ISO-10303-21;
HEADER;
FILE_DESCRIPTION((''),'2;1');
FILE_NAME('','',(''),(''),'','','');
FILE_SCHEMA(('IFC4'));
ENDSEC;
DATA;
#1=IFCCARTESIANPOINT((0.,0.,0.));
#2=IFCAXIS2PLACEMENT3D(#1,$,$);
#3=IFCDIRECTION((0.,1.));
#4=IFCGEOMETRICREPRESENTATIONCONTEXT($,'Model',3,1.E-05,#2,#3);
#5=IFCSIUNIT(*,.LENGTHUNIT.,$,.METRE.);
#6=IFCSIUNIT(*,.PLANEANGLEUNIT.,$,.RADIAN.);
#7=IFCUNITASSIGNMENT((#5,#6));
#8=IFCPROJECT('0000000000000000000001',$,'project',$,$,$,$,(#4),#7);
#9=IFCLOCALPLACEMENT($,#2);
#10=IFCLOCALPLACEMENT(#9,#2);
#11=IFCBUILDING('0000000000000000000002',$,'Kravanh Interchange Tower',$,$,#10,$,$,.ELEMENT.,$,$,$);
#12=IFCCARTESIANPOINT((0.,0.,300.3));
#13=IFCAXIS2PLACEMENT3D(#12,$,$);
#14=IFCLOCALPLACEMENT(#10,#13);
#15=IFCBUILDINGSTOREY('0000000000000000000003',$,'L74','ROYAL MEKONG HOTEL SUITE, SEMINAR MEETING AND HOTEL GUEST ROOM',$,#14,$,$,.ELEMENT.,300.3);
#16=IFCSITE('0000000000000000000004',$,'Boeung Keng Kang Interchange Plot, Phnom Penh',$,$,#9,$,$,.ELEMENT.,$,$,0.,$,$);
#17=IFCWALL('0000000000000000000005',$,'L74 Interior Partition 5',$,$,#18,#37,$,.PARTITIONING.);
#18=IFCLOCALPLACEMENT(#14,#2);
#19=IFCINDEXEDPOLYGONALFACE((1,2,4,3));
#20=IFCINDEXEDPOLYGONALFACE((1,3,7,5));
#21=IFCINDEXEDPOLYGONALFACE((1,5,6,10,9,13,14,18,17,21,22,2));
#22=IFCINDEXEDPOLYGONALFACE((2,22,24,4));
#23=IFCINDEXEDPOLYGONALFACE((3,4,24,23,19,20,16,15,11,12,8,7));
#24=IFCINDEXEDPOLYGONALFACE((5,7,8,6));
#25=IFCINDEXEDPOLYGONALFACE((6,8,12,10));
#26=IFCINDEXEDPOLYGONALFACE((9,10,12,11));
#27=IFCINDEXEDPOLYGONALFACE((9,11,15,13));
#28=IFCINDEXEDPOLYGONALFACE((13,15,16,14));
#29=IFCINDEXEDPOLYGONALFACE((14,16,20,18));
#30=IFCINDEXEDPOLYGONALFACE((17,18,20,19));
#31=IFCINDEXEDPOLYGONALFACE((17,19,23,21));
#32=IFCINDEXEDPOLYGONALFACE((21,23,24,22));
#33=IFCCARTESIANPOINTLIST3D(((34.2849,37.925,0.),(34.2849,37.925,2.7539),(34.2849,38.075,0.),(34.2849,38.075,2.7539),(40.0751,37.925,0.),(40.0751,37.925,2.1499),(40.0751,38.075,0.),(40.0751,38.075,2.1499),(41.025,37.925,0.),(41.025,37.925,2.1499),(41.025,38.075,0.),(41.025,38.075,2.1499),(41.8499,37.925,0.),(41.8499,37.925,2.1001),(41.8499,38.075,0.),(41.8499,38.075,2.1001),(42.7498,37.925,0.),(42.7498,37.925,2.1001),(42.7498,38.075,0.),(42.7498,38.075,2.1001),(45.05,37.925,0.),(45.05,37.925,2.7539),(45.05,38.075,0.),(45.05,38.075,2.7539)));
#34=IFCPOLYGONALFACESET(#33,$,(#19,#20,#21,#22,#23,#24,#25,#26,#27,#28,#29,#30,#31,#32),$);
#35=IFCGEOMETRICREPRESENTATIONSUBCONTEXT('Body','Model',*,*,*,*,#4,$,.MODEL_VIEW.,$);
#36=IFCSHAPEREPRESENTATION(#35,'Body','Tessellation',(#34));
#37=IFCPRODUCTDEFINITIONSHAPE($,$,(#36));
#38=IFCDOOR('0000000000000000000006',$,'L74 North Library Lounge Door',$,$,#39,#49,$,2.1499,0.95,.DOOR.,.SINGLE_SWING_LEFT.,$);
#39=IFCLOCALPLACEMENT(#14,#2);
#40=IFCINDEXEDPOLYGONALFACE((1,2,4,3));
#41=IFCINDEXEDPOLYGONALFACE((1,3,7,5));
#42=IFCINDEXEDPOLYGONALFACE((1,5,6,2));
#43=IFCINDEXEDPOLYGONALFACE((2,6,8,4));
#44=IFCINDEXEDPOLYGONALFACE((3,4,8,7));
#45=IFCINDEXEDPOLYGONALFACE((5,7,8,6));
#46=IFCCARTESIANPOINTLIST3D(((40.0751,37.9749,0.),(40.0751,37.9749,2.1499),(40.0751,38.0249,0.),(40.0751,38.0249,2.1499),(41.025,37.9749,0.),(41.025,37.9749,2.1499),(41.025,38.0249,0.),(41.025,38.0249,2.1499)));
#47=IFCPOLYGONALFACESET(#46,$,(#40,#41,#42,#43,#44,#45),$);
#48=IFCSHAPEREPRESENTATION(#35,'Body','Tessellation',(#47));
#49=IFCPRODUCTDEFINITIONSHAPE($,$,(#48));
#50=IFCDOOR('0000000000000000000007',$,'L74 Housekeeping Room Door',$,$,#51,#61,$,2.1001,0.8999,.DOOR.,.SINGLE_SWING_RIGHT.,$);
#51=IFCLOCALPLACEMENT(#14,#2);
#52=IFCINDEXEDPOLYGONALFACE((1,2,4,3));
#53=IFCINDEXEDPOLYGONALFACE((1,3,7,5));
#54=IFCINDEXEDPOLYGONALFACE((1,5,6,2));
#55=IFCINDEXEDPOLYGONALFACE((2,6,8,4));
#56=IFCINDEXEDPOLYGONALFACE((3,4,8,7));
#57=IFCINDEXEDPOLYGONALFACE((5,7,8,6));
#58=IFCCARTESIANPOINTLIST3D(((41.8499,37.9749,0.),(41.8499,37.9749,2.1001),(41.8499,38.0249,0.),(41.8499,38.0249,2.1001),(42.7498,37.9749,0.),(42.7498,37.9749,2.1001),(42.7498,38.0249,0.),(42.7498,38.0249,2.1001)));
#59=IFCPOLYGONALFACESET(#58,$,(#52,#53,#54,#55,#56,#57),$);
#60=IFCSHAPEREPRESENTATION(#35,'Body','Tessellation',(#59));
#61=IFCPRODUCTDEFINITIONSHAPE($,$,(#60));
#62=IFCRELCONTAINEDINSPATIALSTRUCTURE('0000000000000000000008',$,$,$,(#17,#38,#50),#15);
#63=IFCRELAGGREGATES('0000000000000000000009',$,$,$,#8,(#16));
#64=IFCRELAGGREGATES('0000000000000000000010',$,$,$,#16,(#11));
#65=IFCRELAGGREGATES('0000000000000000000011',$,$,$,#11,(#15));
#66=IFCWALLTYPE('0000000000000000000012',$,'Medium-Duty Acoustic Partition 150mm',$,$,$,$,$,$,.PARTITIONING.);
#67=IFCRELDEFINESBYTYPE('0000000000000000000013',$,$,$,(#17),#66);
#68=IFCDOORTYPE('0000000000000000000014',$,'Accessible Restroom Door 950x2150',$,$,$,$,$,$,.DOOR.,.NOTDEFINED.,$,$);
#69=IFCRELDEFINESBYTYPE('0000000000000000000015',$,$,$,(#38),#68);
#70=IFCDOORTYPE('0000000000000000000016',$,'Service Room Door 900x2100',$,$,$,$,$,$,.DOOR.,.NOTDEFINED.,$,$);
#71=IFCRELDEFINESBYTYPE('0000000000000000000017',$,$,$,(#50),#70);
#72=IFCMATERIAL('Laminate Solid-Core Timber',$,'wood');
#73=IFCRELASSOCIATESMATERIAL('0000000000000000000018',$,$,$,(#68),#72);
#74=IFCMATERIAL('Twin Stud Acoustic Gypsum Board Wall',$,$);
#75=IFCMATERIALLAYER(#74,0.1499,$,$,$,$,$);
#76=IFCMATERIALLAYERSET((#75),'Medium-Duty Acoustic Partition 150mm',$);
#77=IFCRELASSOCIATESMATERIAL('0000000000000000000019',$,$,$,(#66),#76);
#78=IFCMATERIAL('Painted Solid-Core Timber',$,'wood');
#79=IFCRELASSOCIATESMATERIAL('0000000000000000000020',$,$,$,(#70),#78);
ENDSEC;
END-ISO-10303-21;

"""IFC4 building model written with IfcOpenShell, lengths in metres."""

from ifc_helpers import new_model, si_unit, direction, frame, frame_2d, origin, place, context, subcontext, project, spatial, rectangle, extrude, material, layer, layer_set, type_object, element, fill, save


model = new_model("IFC4")

# Units and contexts
model_context = context("Model", 3, precision=1e-05, world=origin(), true_north=direction((0.0, 1.0)))
body_context = subcontext(model_context, "Body", "Model", "MODEL_VIEW")
ifc_project = project(units=[si_unit("LENGTHUNIT", "METRE"), si_unit("PLANEANGLEUNIT", "RADIAN")], contexts=[model_context])

# Site, building, storey
site_placement = place(None, origin())
site = spatial("IfcSite", under=ifc_project, at=site_placement, Name="Boeung Keng Kang Interchange Plot, Phnom Penh", CompositionType="ELEMENT", RefElevation=0.0)
building_placement = place(site_placement, origin())
building = spatial("IfcBuilding", under=site, at=building_placement, Name="Kravanh Interchange Tower", CompositionType="ELEMENT")
storey_placement = place(building_placement, frame((0.0, 0.0, 300.3)))
storey = spatial("IfcBuildingStorey", under=building, at=storey_placement, Name="L74", Description="ROYAL MEKONG HOTEL SUITE, SEMINAR MEETING AND HOTEL GUEST ROOM", CompositionType="ELEMENT", Elevation=300.3)

# Wall, openings, doors
ifc_material_1 = material(Name="Laminate Solid-Core Timber", Category="wood")
door_type_1 = type_object("IfcDoorType", Name="Accessible Restroom Door 950x2150", OperationType="NOTDEFINED", PredefinedType="DOOR", material=ifc_material_1)
ifc_material_2 = material(Name="Twin Stud Acoustic Gypsum Board Wall")
ifc_layer_1 = layer(ifc_material_2, 0.1499)
ifc_layer_set_1 = layer_set([ifc_layer_1], Name="Medium-Duty Acoustic Partition 150mm")
wall_type_1 = type_object("IfcWallType", Name="Medium-Duty Acoustic Partition 150mm", PredefinedType="PARTITIONING", material=ifc_layer_set_1)
wall_1_placement = place(storey_placement, frame((34.2849, 38.0, 0.0), z_axis=(0.0, 0.0, 1.0), x_axis=(1.0, 0.0, 0.0)))
wall_1 = element("IfcWall", 1, at=wall_1_placement, inside=storey, type_object=wall_type_1, Name="L74 Interior Partition 5", PredefinedType="PARTITIONING", context=body_context, shape_type="SweptSolid", body=[
    extrude(rectangle(XDim=10.7651, YDim=0.1499, at=frame_2d((5.3826, 0.0))), origin(), (0.0, 0.0, 1.0), 2.7539),
])
opening_1_placement = place(wall_1_placement, frame((5.79, 0.0, 0.0)))
opening_1 = element("IfcOpeningElement", 2, at=opening_1_placement, cuts=wall_1, PredefinedType="OPENING", context=body_context, shape_type="SweptSolid", body=[
    extrude(rectangle(XDim=0.95, YDim=2.1499, at=frame_2d((0.4751, 1.075))), frame((0.0, 0.085, 0.0), z_axis=(0.0, -1.0, 0.0), x_axis=(1.0, 0.0, 0.0)), (0.0, 0.0, 1.0), 0.1699),
])
opening_2_placement = place(wall_1_placement, frame((7.5649, 0.0, 0.0)))
opening_2 = element("IfcOpeningElement", 3, at=opening_2_placement, cuts=wall_1, PredefinedType="OPENING", context=body_context, shape_type="SweptSolid", body=[
    extrude(rectangle(XDim=0.8999, YDim=2.1001, at=frame_2d((0.45, 1.05))), frame((0.0, 0.085, 0.0), z_axis=(0.0, -1.0, 0.0), x_axis=(1.0, 0.0, 0.0)), (0.0, 0.0, 1.0), 0.1699),
])
door_1_placement = place(opening_1_placement, origin())
door_1 = element("IfcDoor", 4, at=door_1_placement, inside=storey, type_object=door_type_1, Name="L74 North Library Lounge Door", OperationType="SINGLE_SWING_LEFT", OverallHeight=2.1499, OverallWidth=0.95, PredefinedType="DOOR", context=body_context, shape_type="SweptSolid", body=[
    extrude(rectangle(XDim=0.95, YDim=2.1499, at=frame_2d((0.4751, 1.075))), frame((0.0, 0.0249, 0.0), z_axis=(0.0, -1.0, 0.0), x_axis=(1.0, 0.0, 0.0)), (0.0, 0.0, 1.0), 0.05),
])
fill(opening_1, door_1)
ifc_material_3 = material(Name="Painted Solid-Core Timber", Category="wood")
door_type_2 = type_object("IfcDoorType", Name="Service Room Door 900x2100", OperationType="NOTDEFINED", PredefinedType="DOOR", material=ifc_material_3)
door_2_placement = place(opening_2_placement, origin())
door_2 = element("IfcDoor", 5, at=door_2_placement, inside=storey, type_object=door_type_2, Name="L74 Housekeeping Room Door", OperationType="SINGLE_SWING_RIGHT", OverallHeight=2.1001, OverallWidth=0.8999, PredefinedType="DOOR", context=body_context, shape_type="SweptSolid", body=[
    extrude(rectangle(XDim=0.8999, YDim=2.1001, at=frame_2d((0.45, 1.05))), frame((0.0, 0.0249, 0.0), z_axis=(0.0, -1.0, 0.0), x_axis=(1.0, 0.0, 0.0)), (0.0, 0.0, 1.0), 0.05),
])
fill(opening_2, door_2)

save(model, "model.ifc")
